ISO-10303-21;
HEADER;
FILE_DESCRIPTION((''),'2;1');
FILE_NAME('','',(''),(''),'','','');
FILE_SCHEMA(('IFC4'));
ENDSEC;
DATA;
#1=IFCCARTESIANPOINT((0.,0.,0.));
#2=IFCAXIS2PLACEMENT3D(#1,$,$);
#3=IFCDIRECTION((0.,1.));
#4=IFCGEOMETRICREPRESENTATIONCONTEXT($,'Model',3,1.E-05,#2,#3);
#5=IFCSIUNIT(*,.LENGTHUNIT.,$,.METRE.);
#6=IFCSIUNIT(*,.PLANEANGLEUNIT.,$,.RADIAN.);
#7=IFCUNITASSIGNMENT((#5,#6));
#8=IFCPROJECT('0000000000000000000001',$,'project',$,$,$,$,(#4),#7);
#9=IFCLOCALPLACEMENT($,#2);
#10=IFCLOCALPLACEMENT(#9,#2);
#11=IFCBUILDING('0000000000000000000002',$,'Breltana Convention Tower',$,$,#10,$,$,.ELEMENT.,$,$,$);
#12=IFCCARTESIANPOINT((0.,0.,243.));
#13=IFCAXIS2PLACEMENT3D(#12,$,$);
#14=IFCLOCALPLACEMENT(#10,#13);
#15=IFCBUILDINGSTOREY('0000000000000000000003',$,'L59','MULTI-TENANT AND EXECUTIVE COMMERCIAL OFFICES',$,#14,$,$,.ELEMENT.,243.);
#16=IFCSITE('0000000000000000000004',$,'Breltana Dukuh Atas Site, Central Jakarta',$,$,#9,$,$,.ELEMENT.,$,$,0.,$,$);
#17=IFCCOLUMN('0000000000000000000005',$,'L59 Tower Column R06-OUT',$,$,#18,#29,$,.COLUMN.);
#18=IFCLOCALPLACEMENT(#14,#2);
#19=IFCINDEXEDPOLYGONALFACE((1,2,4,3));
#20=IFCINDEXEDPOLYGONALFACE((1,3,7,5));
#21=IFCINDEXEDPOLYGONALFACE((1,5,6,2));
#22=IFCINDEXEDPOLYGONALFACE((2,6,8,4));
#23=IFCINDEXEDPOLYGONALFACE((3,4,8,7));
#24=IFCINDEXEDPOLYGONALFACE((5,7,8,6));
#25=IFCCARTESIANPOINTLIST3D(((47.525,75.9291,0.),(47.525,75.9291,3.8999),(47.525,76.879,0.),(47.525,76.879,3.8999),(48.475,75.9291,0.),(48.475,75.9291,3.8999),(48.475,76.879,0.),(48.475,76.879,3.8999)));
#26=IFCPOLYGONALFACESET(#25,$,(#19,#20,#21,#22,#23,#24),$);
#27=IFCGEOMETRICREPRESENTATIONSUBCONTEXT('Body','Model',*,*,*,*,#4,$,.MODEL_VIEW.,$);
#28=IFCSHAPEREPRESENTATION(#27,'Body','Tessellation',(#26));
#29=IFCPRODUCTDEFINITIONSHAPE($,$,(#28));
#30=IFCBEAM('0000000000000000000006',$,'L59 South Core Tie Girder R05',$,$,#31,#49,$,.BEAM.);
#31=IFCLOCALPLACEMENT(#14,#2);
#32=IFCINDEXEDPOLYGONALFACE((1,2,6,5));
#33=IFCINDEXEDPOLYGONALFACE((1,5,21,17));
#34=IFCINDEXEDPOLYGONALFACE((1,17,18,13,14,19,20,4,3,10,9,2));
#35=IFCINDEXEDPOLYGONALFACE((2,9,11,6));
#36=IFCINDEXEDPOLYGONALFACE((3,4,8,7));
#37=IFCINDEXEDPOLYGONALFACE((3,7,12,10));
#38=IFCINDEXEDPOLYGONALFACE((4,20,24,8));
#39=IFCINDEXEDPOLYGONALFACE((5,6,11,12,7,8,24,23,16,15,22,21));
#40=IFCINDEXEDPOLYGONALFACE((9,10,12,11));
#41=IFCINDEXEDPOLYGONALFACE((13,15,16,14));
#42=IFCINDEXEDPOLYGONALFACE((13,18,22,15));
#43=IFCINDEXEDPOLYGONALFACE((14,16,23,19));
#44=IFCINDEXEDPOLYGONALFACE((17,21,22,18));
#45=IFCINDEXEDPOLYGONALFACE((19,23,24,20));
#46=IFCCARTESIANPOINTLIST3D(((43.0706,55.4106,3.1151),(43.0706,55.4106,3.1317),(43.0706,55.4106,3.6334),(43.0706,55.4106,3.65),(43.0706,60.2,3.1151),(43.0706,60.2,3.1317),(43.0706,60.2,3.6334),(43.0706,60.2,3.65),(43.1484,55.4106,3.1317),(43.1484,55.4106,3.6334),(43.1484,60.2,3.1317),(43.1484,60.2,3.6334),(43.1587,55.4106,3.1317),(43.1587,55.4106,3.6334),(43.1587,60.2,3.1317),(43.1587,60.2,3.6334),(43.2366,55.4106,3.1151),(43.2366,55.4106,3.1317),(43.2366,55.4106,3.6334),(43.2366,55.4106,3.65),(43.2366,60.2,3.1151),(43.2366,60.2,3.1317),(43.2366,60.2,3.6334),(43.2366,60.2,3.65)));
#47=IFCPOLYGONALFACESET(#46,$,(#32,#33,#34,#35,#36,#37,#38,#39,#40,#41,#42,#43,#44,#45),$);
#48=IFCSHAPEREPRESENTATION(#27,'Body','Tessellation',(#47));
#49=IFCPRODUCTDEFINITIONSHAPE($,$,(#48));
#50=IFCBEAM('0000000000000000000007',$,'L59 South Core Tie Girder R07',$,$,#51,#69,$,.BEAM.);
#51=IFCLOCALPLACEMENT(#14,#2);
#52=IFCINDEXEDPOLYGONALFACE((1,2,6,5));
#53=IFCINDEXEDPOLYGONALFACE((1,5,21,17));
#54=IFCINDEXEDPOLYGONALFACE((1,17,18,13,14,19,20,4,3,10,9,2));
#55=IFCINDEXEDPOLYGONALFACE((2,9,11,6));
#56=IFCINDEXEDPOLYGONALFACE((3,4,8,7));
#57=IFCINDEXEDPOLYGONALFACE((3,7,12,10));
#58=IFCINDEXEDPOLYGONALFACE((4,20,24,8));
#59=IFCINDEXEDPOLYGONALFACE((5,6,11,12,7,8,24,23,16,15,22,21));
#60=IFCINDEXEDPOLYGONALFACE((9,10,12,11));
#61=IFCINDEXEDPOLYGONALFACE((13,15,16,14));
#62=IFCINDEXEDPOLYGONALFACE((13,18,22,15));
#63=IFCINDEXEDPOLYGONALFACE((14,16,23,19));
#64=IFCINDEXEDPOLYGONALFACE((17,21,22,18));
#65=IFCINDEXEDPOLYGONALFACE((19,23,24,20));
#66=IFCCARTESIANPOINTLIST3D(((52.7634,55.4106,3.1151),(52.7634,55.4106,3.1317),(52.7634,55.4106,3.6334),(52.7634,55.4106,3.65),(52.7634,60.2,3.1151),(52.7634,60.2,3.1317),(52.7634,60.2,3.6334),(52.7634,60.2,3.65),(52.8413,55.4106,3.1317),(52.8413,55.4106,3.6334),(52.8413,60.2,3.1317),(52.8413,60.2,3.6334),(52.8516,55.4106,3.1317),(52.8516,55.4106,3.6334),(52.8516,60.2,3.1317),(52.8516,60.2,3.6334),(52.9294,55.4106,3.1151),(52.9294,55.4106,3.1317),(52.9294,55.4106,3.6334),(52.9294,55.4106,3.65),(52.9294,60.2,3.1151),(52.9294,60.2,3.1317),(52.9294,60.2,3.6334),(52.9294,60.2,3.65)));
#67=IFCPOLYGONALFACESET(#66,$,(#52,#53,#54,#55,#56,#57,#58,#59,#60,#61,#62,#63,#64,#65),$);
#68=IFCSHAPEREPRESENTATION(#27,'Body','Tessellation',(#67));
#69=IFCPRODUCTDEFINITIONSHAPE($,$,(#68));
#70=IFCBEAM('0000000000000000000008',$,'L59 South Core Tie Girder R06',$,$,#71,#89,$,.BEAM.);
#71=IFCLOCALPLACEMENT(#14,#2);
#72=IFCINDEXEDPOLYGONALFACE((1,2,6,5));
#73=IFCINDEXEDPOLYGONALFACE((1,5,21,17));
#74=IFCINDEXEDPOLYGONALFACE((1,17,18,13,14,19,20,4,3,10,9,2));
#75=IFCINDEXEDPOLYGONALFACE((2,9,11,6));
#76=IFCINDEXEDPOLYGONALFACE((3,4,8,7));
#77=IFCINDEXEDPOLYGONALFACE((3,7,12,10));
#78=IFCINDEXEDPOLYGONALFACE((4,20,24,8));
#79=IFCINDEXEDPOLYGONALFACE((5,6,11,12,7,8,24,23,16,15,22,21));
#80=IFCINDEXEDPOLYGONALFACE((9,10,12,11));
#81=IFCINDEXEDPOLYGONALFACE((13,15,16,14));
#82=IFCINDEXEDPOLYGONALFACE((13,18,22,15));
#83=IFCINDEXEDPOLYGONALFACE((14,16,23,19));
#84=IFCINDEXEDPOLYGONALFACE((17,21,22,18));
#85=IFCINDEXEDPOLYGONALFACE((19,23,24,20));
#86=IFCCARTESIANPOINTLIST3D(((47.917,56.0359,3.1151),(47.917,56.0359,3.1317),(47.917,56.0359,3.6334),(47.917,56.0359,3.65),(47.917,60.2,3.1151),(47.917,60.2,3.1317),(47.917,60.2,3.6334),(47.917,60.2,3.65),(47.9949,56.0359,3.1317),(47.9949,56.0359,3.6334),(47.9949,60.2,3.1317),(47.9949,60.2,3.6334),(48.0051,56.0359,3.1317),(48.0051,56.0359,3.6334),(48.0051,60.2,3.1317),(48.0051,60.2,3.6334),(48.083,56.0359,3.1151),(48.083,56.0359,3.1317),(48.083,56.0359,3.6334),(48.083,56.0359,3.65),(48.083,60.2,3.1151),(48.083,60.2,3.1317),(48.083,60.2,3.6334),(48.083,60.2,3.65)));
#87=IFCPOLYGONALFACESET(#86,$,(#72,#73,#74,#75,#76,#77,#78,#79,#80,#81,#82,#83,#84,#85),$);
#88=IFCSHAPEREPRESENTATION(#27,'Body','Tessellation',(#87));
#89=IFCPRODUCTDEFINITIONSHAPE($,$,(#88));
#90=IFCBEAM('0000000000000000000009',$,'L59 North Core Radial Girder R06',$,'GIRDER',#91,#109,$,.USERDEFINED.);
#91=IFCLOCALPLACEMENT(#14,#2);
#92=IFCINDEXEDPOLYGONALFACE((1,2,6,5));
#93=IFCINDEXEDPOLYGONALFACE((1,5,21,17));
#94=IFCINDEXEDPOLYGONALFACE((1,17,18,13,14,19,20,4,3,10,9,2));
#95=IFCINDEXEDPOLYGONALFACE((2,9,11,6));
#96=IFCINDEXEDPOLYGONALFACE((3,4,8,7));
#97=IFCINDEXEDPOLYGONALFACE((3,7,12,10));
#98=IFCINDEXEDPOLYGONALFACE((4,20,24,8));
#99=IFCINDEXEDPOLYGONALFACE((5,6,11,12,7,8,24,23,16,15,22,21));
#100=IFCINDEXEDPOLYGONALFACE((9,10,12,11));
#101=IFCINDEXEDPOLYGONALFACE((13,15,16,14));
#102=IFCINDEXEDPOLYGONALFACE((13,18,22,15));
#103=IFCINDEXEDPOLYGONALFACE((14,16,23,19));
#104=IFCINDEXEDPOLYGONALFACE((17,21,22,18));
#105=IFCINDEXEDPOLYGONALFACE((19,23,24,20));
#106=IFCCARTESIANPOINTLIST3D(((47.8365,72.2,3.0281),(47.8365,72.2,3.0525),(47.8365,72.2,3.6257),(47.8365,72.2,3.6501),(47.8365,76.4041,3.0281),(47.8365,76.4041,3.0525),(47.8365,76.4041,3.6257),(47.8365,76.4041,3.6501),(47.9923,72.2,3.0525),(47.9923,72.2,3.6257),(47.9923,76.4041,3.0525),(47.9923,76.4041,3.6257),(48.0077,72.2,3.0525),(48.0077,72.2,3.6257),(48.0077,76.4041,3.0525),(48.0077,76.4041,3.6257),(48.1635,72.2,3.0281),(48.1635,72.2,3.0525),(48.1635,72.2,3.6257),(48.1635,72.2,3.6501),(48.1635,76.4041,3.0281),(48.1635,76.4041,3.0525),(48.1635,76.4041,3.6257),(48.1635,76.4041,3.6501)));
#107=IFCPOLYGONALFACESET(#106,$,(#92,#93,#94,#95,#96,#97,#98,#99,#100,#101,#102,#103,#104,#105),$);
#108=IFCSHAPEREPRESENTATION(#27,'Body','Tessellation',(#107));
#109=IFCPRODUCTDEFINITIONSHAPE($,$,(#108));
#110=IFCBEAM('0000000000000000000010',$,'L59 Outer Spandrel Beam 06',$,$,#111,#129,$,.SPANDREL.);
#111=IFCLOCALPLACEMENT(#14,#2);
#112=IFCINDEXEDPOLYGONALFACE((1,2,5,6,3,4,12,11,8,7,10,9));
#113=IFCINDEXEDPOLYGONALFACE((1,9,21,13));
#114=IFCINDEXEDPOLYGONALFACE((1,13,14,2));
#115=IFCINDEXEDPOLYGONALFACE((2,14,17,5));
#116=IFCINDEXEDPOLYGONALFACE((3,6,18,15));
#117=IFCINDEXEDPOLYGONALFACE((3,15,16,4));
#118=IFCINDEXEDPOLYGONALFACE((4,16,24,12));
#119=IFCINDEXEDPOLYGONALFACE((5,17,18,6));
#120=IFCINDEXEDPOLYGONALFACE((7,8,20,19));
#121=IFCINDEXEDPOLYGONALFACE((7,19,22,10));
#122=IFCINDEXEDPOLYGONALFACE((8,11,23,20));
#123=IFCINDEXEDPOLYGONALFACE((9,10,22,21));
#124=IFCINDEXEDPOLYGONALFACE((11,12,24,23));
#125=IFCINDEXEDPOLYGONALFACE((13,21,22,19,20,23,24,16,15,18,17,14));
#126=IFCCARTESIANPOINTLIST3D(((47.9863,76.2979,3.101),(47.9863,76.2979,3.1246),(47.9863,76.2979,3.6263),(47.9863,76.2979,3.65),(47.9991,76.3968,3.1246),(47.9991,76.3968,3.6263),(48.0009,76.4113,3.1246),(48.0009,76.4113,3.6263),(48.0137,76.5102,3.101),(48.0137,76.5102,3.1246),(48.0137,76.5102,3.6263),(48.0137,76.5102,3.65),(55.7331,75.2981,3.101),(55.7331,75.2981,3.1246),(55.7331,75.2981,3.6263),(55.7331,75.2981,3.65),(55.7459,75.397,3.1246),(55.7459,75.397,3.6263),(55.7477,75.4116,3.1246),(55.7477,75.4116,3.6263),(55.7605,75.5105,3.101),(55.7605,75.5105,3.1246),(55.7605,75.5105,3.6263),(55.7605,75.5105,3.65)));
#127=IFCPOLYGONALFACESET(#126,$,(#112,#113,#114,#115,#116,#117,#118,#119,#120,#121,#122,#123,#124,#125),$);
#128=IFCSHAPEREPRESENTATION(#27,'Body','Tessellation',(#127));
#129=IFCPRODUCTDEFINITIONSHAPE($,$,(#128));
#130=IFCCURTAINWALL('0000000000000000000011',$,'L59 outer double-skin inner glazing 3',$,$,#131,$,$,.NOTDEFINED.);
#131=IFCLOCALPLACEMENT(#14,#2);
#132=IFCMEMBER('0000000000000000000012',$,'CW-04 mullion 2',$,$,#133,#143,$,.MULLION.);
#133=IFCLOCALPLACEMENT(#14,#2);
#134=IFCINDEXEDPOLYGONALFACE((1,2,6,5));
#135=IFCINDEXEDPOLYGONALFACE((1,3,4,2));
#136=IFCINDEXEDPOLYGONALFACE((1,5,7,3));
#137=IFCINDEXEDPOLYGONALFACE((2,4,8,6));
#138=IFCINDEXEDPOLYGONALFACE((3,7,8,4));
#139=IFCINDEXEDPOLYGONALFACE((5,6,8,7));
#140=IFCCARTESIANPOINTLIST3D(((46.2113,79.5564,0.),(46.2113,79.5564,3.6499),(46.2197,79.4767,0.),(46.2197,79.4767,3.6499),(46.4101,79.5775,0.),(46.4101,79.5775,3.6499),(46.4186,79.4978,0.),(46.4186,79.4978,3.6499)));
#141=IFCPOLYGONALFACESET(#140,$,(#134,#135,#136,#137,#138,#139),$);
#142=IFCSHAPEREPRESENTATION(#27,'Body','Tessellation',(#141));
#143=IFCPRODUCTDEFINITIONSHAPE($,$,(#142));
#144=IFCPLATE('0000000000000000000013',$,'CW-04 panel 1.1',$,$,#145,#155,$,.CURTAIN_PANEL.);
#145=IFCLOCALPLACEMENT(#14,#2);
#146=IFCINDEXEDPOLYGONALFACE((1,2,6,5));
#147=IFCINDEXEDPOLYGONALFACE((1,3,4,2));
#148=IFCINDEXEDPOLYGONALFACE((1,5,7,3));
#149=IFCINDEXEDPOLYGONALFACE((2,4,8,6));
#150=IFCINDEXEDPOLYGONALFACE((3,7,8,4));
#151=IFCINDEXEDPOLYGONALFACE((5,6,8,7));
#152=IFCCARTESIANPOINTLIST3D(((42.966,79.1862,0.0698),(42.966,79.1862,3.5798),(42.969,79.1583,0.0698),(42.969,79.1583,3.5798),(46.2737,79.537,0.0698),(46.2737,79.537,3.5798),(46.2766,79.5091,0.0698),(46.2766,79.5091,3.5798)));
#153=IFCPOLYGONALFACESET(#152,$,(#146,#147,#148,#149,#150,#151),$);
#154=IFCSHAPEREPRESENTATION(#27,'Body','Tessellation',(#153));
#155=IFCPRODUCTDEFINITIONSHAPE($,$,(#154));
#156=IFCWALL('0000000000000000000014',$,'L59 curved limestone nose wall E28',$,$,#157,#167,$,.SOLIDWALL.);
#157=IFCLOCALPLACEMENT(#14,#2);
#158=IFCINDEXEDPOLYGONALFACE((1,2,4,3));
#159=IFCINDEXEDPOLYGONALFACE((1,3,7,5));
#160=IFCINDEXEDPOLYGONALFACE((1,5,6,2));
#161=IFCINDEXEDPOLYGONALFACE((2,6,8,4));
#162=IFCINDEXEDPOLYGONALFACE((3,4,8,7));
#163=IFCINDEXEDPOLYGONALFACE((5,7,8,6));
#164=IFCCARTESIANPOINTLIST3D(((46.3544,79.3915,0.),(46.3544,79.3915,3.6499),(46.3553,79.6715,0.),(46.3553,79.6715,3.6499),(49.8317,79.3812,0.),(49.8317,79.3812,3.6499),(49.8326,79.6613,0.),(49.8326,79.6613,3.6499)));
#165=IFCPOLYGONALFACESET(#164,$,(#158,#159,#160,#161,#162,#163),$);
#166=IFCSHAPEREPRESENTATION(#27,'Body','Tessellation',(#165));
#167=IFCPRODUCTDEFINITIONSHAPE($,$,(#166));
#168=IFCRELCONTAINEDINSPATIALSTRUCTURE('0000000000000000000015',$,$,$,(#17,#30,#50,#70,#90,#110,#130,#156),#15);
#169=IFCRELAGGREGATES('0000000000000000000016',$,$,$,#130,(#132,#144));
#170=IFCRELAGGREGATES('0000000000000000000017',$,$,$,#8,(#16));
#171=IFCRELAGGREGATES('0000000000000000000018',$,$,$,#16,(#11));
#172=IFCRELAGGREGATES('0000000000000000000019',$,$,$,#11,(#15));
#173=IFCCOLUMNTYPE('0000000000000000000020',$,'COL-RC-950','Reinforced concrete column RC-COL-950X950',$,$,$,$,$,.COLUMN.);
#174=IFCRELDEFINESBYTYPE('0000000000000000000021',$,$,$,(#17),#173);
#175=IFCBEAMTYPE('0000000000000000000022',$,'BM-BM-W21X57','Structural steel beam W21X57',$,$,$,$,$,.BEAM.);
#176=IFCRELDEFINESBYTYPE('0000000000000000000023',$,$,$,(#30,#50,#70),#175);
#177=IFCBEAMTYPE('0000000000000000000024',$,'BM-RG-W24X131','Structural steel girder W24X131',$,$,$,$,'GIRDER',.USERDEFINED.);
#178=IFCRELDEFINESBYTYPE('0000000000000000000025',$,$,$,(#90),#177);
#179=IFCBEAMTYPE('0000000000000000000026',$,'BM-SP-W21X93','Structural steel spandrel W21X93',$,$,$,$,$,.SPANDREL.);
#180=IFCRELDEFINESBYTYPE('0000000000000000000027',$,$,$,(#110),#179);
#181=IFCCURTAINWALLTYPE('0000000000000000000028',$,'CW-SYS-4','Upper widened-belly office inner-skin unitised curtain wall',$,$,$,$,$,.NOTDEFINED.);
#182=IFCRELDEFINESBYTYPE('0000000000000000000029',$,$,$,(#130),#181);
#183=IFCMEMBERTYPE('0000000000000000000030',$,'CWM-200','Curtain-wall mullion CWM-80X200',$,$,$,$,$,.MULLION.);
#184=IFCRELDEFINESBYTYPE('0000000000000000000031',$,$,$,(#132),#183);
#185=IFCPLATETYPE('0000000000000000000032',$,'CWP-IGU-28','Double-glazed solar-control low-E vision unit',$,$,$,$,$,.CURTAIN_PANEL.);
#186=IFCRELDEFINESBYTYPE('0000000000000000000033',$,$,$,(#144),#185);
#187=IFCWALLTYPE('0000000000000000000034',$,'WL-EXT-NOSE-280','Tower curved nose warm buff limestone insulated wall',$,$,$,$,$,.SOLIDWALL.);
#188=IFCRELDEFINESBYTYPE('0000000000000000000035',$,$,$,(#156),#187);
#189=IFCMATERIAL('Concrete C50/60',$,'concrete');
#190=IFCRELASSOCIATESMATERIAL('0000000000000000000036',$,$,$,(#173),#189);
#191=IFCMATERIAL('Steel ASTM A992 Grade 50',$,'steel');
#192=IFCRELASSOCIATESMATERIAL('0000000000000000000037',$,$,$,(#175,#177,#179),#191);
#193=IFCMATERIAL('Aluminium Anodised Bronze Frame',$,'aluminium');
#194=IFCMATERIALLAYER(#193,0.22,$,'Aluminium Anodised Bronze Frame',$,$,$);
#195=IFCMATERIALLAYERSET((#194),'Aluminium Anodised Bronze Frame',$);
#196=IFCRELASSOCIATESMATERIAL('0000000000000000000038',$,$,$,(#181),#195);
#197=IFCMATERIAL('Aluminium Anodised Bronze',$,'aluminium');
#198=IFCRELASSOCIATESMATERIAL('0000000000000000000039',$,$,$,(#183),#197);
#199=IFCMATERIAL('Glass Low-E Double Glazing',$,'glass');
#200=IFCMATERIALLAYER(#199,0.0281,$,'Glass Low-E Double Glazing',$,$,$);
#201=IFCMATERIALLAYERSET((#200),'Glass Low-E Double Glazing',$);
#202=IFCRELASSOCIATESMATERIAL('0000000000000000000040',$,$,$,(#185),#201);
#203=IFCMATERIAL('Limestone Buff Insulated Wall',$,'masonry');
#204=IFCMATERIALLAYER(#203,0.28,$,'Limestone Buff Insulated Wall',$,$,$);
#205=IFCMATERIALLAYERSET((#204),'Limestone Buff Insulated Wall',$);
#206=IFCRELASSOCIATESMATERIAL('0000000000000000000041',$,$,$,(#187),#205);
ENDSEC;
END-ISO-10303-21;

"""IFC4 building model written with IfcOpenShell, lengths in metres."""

from ifc_helpers import new_model, si_unit, direction, frame, frame_2d, origin, origin_2d, place, context, subcontext, project, spatial, rectangle, i_section, extrude, source, transform, mapped, material, layer, layer_set, material_profile, profile_set, type_object, element, aggregate, save


model = new_model("IFC4")

# Units and contexts
model_context = context("Model", 3, precision=1e-05, world=origin(), true_north=direction((0.0, 1.0)))
body_context = subcontext(model_context, "Body", "Model", "MODEL_VIEW")
ifc_project = project(units=[si_unit("LENGTHUNIT", "METRE"), si_unit("PLANEANGLEUNIT", "RADIAN")], contexts=[model_context])

# Site, building, storey
site_placement = place(None, origin())
site = spatial("IfcSite", under=ifc_project, at=site_placement, Name="Breltana Dukuh Atas Site, Central Jakarta", CompositionType="ELEMENT", RefElevation=0.0)
building_placement = place(site_placement, origin())
building = spatial("IfcBuilding", under=site, at=building_placement, Name="Breltana Convention Tower", CompositionType="ELEMENT")
storey_placement = place(building_placement, frame((0.0, 0.0, 243.0)))
storey = spatial("IfcBuildingStorey", under=building, at=storey_placement, Name="L59", Description="MULTI-TENANT AND EXECUTIVE COMMERCIAL OFFICES", CompositionType="ELEMENT", Elevation=243.0)

# Column
ifc_material_1 = material(Name="Concrete C50/60", Category="concrete")
ifc_material_profile_1 = material_profile(ifc_material_1, rectangle(XDim=0.95, YDim=0.95, at=origin_2d()), Name="RC-COL-950X950")
ifc_profile_set_1 = profile_set([ifc_material_profile_1], Name="Concrete C50/60")
column_type = type_object("IfcColumnType", Name="COL-RC-950", Description="Reinforced concrete column RC-COL-950X950", PredefinedType="COLUMN", material=ifc_profile_set_1)
shared_shape_1 = source(origin(), body_context, "Body", "SweptSolid", [
    extrude(rectangle(XDim=0.95, YDim=0.95, at=origin_2d()), origin(), (0.0, 0.0, 1.0), 3.8999),
])
column_placement = place(storey_placement, frame((48.0, 76.4041, 0.0), z_axis=(0.0, 0.0, 1.0), x_axis=(0.0, 1.0, 0.0)))
element("IfcColumn", 1, at=column_placement, inside=storey, type_object=column_type, Name="L59 Tower Column R06-OUT", PredefinedType="COLUMN", context=body_context, shape_type="MappedRepresentation", body=[
    mapped(shared_shape_1, transform((0.0, 0.0, 0.0), scale=1.0)),
])

# Beams
ifc_material_2 = material(Name="Steel ASTM A992 Grade 50", Category="steel")
ifc_material_profile_2 = material_profile(ifc_material_2, i_section(OverallWidth=0.166, OverallDepth=0.5349, WebThickness=0.0103, FlangeThickness=0.0166, at=origin_2d()), Name="W21X57")
ifc_profile_set_2 = profile_set([ifc_material_profile_2], Name="Steel ASTM A992 Grade 50")
beam_type_1 = type_object("IfcBeamType", Name="BM-BM-W21X57", Description="Structural steel beam W21X57", PredefinedType="BEAM", material=ifc_profile_set_2)
shared_shape_2 = source(origin(), body_context, "Body", "SweptSolid", [
    extrude(i_section(OverallWidth=0.166, OverallDepth=0.5349, WebThickness=0.0103, FlangeThickness=0.0166, at=origin_2d()), origin(), (0.0, 0.0, 1.0), 4.7893),
])
for number, where, z_axis, x_axis, name in (
    (2, (43.1536, 60.2, 3.3826), (0.0, -1.0, 0.0), (1.0, 0.0, 0.0), "L59 South Core Tie Girder R05"),
    (3, (52.8464, 60.2, 3.3826), (0.0, -1.0, 0.0), (1.0, 0.0, 0.0), "L59 South Core Tie Girder R07"),
):
    element("IfcBeam", number, at=place(storey_placement, frame(where, z_axis=z_axis, x_axis=x_axis)), inside=storey, type_object=beam_type_1, Name=name, PredefinedType="BEAM", context=body_context, shape_type="MappedRepresentation", body=[
        mapped(shared_shape_2, transform((0.0, 0.0, 0.0), scale=1.0)),
    ])
shared_shape_3 = source(origin(), body_context, "Body", "SweptSolid", [
    extrude(i_section(OverallWidth=0.166, OverallDepth=0.5349, WebThickness=0.0103, FlangeThickness=0.0166, at=origin_2d()), origin(), (0.0, 0.0, 1.0), 4.1641),
])
beam_1_placement = place(storey_placement, frame((48.0, 60.2, 3.3826), z_axis=(0.0, -1.0, 0.0), x_axis=(1.0, 0.0, 0.0)))
element("IfcBeam", 4, at=beam_1_placement, inside=storey, type_object=beam_type_1, Name="L59 South Core Tie Girder R06", PredefinedType="BEAM", context=body_context, shape_type="MappedRepresentation", body=[
    mapped(shared_shape_3, transform((0.0, 0.0, 0.0), scale=1.0)),
])
ifc_material_profile_3 = material_profile(ifc_material_2, i_section(OverallWidth=0.3269, OverallDepth=0.6221, WebThickness=0.0154, FlangeThickness=0.0244, at=origin_2d()), Name="W24X131")
ifc_profile_set_3 = profile_set([ifc_material_profile_3], Name="Steel ASTM A992 Grade 50")
beam_type_2 = type_object("IfcBeamType", Name="BM-RG-W24X131", Description="Structural steel girder W24X131", ElementType="GIRDER", PredefinedType="USERDEFINED", material=ifc_profile_set_3)
shared_shape_4 = source(origin(), body_context, "Body", "SweptSolid", [
    extrude(i_section(OverallWidth=0.3269, OverallDepth=0.6221, WebThickness=0.0154, FlangeThickness=0.0244, at=origin_2d()), origin(), (0.0, 0.0, 1.0), 4.2041),
])
beam_2_placement = place(storey_placement, frame((48.0, 72.2, 3.3391), z_axis=(0.0, 1.0, 0.0), x_axis=(-1.0, 0.0, 0.0)))
element("IfcBeam", 5, at=beam_2_placement, inside=storey, type_object=beam_type_2, Name="L59 North Core Radial Girder R06", ObjectType="GIRDER", PredefinedType="USERDEFINED", context=body_context, shape_type="MappedRepresentation", body=[
    mapped(shared_shape_4, transform((0.0, 0.0, 0.0), scale=1.0)),
])
ifc_material_profile_4 = material_profile(ifc_material_2, i_section(OverallWidth=0.2141, OverallDepth=0.5491, WebThickness=0.0146, FlangeThickness=0.0237, at=origin_2d()), Name="W21X93")
ifc_profile_set_4 = profile_set([ifc_material_profile_4], Name="Steel ASTM A992 Grade 50")
beam_type_3 = type_object("IfcBeamType", Name="BM-SP-W21X93", Description="Structural steel spandrel W21X93", PredefinedType="SPANDREL", material=ifc_profile_set_4)
shared_shape_5 = source(origin(), body_context, "Body", "SweptSolid", [
    extrude(i_section(OverallWidth=0.2141, OverallDepth=0.5491, WebThickness=0.0146, FlangeThickness=0.0237, at=origin_2d()), origin(), (0.0, 0.0, 1.0), 7.811),
])
beam_3_placement = place(storey_placement, frame((48.0, 76.4041, 3.3755), z_axis=(0.991775, -0.127992, 0.0), x_axis=(0.127992, 0.991775, 0.0)))
element("IfcBeam", 6, at=beam_3_placement, inside=storey, type_object=beam_type_3, Name="L59 Outer Spandrel Beam 06", PredefinedType="SPANDREL", context=body_context, shape_type="MappedRepresentation", body=[
    mapped(shared_shape_5, transform((0.0, 0.0, 0.0), scale=1.0)),
])

# Curtain wall, member, plate
ifc_material_3 = material(Name="Aluminium Anodised Bronze Frame", Category="aluminium")
ifc_layer_1 = layer(ifc_material_3, 0.22, Name="Aluminium Anodised Bronze Frame")
ifc_layer_set_1 = layer_set([ifc_layer_1], Name="Aluminium Anodised Bronze Frame")
curtain_wall_type = type_object("IfcCurtainWallType", Name="CW-SYS-4", Description="Upper widened-belly office inner-skin unitised curtain wall", PredefinedType="NOTDEFINED", material=ifc_layer_set_1)
curtain_wall_placement = place(storey_placement, origin())
curtain_wall = element("IfcCurtainWall", 7, at=curtain_wall_placement, inside=storey, type_object=curtain_wall_type, Name="L59 outer double-skin inner glazing 3", PredefinedType="NOTDEFINED")
ifc_material_4 = material(Name="Aluminium Anodised Bronze", Category="aluminium")
ifc_material_profile_5 = material_profile(ifc_material_4, rectangle(XDim=0.0801, YDim=0.2, at=origin_2d()), Name="CWM-80X200")
ifc_profile_set_5 = profile_set([ifc_material_profile_5], Name="Aluminium Anodised Bronze")
member_type = type_object("IfcMemberType", Name="CWM-200", Description="Curtain-wall mullion CWM-80X200", PredefinedType="MULLION", material=ifc_profile_set_5)
shared_shape_6 = source(origin(), body_context, "Body", "SweptSolid", [
    extrude(rectangle(XDim=0.0801, YDim=0.2, at=origin_2d()), origin(), (0.0, 0.0, 1.0), 3.6499),
])
member_placement = place(storey_placement, frame((46.3149, 79.5271, 0.0), z_axis=(0.0, 0.0, 1.0), x_axis=(-0.105472, 0.994422, 0.0)))
member = element("IfcMember", 8, at=member_placement, type_object=member_type, Name="CW-04 mullion 2", PredefinedType="MULLION", context=body_context, shape_type="MappedRepresentation", body=[
    mapped(shared_shape_6, transform((0.0, 0.0, 0.0), scale=1.0)),
])
ifc_material_5 = material(Name="Glass Low-E Double Glazing", Category="glass")
ifc_layer_2 = layer(ifc_material_5, 0.0281, Name="Glass Low-E Double Glazing")
ifc_layer_set_2 = layer_set([ifc_layer_2], Name="Glass Low-E Double Glazing")
plate_type = type_object("IfcPlateType", Name="CWP-IGU-28", Description="Double-glazed solar-control low-E vision unit", PredefinedType="CURTAIN_PANEL", material=ifc_layer_set_2)
shared_shape_7 = source(origin(), body_context, "Body", "SweptSolid", [
    extrude(rectangle(XDim=3.3262, YDim=0.0281, at=origin_2d()), origin(), (0.0, 0.0, 1.0), 3.51),
])
plate_placement = place(storey_placement, frame((44.6213, 79.3477, 0.0698), z_axis=(0.0, 0.0, 1.0), x_axis=(0.994422, 0.105472, 0.0)))
plate = element("IfcPlate", 9, at=plate_placement, type_object=plate_type, Name="CW-04 panel 1.1", PredefinedType="CURTAIN_PANEL", context=body_context, shape_type="MappedRepresentation", body=[
    mapped(shared_shape_7, transform((0.0, 0.0, 0.0), scale=1.0)),
])
aggregate(curtain_wall, [member, plate])

# Wall
ifc_material_6 = material(Name="Limestone Buff Insulated Wall", Category="masonry")
ifc_layer_3 = layer(ifc_material_6, 0.28, Name="Limestone Buff Insulated Wall")
ifc_layer_set_3 = layer_set([ifc_layer_3], Name="Limestone Buff Insulated Wall")
wall_type_1 = type_object("IfcWallType", Name="WL-EXT-NOSE-280", Description="Tower curved nose warm buff limestone insulated wall", PredefinedType="SOLIDWALL", material=ifc_layer_set_3)
shared_shape_8 = source(origin(), body_context, "Body", "SweptSolid", [
    extrude(rectangle(XDim=3.4773, YDim=0.28, at=frame_2d((1.7388, 0.0))), origin(), (0.0, 0.0, 1.0), 3.6499),
])
wall_1_placement = place(storey_placement, frame((46.3547, 79.5315, 0.0), z_axis=(0.0, 0.0, 1.0), x_axis=(0.999996, -0.002949, 0.0)))
element("IfcWall", 10, at=wall_1_placement, inside=storey, type_object=wall_type_1, Name="L59 curved limestone nose wall E28", PredefinedType="SOLIDWALL", context=body_context, shape_type="MappedRepresentation", body=[
    mapped(shared_shape_8, transform((0.0, 0.0, 0.0), scale=1.0)),
])

save(model, "model.ifc")
